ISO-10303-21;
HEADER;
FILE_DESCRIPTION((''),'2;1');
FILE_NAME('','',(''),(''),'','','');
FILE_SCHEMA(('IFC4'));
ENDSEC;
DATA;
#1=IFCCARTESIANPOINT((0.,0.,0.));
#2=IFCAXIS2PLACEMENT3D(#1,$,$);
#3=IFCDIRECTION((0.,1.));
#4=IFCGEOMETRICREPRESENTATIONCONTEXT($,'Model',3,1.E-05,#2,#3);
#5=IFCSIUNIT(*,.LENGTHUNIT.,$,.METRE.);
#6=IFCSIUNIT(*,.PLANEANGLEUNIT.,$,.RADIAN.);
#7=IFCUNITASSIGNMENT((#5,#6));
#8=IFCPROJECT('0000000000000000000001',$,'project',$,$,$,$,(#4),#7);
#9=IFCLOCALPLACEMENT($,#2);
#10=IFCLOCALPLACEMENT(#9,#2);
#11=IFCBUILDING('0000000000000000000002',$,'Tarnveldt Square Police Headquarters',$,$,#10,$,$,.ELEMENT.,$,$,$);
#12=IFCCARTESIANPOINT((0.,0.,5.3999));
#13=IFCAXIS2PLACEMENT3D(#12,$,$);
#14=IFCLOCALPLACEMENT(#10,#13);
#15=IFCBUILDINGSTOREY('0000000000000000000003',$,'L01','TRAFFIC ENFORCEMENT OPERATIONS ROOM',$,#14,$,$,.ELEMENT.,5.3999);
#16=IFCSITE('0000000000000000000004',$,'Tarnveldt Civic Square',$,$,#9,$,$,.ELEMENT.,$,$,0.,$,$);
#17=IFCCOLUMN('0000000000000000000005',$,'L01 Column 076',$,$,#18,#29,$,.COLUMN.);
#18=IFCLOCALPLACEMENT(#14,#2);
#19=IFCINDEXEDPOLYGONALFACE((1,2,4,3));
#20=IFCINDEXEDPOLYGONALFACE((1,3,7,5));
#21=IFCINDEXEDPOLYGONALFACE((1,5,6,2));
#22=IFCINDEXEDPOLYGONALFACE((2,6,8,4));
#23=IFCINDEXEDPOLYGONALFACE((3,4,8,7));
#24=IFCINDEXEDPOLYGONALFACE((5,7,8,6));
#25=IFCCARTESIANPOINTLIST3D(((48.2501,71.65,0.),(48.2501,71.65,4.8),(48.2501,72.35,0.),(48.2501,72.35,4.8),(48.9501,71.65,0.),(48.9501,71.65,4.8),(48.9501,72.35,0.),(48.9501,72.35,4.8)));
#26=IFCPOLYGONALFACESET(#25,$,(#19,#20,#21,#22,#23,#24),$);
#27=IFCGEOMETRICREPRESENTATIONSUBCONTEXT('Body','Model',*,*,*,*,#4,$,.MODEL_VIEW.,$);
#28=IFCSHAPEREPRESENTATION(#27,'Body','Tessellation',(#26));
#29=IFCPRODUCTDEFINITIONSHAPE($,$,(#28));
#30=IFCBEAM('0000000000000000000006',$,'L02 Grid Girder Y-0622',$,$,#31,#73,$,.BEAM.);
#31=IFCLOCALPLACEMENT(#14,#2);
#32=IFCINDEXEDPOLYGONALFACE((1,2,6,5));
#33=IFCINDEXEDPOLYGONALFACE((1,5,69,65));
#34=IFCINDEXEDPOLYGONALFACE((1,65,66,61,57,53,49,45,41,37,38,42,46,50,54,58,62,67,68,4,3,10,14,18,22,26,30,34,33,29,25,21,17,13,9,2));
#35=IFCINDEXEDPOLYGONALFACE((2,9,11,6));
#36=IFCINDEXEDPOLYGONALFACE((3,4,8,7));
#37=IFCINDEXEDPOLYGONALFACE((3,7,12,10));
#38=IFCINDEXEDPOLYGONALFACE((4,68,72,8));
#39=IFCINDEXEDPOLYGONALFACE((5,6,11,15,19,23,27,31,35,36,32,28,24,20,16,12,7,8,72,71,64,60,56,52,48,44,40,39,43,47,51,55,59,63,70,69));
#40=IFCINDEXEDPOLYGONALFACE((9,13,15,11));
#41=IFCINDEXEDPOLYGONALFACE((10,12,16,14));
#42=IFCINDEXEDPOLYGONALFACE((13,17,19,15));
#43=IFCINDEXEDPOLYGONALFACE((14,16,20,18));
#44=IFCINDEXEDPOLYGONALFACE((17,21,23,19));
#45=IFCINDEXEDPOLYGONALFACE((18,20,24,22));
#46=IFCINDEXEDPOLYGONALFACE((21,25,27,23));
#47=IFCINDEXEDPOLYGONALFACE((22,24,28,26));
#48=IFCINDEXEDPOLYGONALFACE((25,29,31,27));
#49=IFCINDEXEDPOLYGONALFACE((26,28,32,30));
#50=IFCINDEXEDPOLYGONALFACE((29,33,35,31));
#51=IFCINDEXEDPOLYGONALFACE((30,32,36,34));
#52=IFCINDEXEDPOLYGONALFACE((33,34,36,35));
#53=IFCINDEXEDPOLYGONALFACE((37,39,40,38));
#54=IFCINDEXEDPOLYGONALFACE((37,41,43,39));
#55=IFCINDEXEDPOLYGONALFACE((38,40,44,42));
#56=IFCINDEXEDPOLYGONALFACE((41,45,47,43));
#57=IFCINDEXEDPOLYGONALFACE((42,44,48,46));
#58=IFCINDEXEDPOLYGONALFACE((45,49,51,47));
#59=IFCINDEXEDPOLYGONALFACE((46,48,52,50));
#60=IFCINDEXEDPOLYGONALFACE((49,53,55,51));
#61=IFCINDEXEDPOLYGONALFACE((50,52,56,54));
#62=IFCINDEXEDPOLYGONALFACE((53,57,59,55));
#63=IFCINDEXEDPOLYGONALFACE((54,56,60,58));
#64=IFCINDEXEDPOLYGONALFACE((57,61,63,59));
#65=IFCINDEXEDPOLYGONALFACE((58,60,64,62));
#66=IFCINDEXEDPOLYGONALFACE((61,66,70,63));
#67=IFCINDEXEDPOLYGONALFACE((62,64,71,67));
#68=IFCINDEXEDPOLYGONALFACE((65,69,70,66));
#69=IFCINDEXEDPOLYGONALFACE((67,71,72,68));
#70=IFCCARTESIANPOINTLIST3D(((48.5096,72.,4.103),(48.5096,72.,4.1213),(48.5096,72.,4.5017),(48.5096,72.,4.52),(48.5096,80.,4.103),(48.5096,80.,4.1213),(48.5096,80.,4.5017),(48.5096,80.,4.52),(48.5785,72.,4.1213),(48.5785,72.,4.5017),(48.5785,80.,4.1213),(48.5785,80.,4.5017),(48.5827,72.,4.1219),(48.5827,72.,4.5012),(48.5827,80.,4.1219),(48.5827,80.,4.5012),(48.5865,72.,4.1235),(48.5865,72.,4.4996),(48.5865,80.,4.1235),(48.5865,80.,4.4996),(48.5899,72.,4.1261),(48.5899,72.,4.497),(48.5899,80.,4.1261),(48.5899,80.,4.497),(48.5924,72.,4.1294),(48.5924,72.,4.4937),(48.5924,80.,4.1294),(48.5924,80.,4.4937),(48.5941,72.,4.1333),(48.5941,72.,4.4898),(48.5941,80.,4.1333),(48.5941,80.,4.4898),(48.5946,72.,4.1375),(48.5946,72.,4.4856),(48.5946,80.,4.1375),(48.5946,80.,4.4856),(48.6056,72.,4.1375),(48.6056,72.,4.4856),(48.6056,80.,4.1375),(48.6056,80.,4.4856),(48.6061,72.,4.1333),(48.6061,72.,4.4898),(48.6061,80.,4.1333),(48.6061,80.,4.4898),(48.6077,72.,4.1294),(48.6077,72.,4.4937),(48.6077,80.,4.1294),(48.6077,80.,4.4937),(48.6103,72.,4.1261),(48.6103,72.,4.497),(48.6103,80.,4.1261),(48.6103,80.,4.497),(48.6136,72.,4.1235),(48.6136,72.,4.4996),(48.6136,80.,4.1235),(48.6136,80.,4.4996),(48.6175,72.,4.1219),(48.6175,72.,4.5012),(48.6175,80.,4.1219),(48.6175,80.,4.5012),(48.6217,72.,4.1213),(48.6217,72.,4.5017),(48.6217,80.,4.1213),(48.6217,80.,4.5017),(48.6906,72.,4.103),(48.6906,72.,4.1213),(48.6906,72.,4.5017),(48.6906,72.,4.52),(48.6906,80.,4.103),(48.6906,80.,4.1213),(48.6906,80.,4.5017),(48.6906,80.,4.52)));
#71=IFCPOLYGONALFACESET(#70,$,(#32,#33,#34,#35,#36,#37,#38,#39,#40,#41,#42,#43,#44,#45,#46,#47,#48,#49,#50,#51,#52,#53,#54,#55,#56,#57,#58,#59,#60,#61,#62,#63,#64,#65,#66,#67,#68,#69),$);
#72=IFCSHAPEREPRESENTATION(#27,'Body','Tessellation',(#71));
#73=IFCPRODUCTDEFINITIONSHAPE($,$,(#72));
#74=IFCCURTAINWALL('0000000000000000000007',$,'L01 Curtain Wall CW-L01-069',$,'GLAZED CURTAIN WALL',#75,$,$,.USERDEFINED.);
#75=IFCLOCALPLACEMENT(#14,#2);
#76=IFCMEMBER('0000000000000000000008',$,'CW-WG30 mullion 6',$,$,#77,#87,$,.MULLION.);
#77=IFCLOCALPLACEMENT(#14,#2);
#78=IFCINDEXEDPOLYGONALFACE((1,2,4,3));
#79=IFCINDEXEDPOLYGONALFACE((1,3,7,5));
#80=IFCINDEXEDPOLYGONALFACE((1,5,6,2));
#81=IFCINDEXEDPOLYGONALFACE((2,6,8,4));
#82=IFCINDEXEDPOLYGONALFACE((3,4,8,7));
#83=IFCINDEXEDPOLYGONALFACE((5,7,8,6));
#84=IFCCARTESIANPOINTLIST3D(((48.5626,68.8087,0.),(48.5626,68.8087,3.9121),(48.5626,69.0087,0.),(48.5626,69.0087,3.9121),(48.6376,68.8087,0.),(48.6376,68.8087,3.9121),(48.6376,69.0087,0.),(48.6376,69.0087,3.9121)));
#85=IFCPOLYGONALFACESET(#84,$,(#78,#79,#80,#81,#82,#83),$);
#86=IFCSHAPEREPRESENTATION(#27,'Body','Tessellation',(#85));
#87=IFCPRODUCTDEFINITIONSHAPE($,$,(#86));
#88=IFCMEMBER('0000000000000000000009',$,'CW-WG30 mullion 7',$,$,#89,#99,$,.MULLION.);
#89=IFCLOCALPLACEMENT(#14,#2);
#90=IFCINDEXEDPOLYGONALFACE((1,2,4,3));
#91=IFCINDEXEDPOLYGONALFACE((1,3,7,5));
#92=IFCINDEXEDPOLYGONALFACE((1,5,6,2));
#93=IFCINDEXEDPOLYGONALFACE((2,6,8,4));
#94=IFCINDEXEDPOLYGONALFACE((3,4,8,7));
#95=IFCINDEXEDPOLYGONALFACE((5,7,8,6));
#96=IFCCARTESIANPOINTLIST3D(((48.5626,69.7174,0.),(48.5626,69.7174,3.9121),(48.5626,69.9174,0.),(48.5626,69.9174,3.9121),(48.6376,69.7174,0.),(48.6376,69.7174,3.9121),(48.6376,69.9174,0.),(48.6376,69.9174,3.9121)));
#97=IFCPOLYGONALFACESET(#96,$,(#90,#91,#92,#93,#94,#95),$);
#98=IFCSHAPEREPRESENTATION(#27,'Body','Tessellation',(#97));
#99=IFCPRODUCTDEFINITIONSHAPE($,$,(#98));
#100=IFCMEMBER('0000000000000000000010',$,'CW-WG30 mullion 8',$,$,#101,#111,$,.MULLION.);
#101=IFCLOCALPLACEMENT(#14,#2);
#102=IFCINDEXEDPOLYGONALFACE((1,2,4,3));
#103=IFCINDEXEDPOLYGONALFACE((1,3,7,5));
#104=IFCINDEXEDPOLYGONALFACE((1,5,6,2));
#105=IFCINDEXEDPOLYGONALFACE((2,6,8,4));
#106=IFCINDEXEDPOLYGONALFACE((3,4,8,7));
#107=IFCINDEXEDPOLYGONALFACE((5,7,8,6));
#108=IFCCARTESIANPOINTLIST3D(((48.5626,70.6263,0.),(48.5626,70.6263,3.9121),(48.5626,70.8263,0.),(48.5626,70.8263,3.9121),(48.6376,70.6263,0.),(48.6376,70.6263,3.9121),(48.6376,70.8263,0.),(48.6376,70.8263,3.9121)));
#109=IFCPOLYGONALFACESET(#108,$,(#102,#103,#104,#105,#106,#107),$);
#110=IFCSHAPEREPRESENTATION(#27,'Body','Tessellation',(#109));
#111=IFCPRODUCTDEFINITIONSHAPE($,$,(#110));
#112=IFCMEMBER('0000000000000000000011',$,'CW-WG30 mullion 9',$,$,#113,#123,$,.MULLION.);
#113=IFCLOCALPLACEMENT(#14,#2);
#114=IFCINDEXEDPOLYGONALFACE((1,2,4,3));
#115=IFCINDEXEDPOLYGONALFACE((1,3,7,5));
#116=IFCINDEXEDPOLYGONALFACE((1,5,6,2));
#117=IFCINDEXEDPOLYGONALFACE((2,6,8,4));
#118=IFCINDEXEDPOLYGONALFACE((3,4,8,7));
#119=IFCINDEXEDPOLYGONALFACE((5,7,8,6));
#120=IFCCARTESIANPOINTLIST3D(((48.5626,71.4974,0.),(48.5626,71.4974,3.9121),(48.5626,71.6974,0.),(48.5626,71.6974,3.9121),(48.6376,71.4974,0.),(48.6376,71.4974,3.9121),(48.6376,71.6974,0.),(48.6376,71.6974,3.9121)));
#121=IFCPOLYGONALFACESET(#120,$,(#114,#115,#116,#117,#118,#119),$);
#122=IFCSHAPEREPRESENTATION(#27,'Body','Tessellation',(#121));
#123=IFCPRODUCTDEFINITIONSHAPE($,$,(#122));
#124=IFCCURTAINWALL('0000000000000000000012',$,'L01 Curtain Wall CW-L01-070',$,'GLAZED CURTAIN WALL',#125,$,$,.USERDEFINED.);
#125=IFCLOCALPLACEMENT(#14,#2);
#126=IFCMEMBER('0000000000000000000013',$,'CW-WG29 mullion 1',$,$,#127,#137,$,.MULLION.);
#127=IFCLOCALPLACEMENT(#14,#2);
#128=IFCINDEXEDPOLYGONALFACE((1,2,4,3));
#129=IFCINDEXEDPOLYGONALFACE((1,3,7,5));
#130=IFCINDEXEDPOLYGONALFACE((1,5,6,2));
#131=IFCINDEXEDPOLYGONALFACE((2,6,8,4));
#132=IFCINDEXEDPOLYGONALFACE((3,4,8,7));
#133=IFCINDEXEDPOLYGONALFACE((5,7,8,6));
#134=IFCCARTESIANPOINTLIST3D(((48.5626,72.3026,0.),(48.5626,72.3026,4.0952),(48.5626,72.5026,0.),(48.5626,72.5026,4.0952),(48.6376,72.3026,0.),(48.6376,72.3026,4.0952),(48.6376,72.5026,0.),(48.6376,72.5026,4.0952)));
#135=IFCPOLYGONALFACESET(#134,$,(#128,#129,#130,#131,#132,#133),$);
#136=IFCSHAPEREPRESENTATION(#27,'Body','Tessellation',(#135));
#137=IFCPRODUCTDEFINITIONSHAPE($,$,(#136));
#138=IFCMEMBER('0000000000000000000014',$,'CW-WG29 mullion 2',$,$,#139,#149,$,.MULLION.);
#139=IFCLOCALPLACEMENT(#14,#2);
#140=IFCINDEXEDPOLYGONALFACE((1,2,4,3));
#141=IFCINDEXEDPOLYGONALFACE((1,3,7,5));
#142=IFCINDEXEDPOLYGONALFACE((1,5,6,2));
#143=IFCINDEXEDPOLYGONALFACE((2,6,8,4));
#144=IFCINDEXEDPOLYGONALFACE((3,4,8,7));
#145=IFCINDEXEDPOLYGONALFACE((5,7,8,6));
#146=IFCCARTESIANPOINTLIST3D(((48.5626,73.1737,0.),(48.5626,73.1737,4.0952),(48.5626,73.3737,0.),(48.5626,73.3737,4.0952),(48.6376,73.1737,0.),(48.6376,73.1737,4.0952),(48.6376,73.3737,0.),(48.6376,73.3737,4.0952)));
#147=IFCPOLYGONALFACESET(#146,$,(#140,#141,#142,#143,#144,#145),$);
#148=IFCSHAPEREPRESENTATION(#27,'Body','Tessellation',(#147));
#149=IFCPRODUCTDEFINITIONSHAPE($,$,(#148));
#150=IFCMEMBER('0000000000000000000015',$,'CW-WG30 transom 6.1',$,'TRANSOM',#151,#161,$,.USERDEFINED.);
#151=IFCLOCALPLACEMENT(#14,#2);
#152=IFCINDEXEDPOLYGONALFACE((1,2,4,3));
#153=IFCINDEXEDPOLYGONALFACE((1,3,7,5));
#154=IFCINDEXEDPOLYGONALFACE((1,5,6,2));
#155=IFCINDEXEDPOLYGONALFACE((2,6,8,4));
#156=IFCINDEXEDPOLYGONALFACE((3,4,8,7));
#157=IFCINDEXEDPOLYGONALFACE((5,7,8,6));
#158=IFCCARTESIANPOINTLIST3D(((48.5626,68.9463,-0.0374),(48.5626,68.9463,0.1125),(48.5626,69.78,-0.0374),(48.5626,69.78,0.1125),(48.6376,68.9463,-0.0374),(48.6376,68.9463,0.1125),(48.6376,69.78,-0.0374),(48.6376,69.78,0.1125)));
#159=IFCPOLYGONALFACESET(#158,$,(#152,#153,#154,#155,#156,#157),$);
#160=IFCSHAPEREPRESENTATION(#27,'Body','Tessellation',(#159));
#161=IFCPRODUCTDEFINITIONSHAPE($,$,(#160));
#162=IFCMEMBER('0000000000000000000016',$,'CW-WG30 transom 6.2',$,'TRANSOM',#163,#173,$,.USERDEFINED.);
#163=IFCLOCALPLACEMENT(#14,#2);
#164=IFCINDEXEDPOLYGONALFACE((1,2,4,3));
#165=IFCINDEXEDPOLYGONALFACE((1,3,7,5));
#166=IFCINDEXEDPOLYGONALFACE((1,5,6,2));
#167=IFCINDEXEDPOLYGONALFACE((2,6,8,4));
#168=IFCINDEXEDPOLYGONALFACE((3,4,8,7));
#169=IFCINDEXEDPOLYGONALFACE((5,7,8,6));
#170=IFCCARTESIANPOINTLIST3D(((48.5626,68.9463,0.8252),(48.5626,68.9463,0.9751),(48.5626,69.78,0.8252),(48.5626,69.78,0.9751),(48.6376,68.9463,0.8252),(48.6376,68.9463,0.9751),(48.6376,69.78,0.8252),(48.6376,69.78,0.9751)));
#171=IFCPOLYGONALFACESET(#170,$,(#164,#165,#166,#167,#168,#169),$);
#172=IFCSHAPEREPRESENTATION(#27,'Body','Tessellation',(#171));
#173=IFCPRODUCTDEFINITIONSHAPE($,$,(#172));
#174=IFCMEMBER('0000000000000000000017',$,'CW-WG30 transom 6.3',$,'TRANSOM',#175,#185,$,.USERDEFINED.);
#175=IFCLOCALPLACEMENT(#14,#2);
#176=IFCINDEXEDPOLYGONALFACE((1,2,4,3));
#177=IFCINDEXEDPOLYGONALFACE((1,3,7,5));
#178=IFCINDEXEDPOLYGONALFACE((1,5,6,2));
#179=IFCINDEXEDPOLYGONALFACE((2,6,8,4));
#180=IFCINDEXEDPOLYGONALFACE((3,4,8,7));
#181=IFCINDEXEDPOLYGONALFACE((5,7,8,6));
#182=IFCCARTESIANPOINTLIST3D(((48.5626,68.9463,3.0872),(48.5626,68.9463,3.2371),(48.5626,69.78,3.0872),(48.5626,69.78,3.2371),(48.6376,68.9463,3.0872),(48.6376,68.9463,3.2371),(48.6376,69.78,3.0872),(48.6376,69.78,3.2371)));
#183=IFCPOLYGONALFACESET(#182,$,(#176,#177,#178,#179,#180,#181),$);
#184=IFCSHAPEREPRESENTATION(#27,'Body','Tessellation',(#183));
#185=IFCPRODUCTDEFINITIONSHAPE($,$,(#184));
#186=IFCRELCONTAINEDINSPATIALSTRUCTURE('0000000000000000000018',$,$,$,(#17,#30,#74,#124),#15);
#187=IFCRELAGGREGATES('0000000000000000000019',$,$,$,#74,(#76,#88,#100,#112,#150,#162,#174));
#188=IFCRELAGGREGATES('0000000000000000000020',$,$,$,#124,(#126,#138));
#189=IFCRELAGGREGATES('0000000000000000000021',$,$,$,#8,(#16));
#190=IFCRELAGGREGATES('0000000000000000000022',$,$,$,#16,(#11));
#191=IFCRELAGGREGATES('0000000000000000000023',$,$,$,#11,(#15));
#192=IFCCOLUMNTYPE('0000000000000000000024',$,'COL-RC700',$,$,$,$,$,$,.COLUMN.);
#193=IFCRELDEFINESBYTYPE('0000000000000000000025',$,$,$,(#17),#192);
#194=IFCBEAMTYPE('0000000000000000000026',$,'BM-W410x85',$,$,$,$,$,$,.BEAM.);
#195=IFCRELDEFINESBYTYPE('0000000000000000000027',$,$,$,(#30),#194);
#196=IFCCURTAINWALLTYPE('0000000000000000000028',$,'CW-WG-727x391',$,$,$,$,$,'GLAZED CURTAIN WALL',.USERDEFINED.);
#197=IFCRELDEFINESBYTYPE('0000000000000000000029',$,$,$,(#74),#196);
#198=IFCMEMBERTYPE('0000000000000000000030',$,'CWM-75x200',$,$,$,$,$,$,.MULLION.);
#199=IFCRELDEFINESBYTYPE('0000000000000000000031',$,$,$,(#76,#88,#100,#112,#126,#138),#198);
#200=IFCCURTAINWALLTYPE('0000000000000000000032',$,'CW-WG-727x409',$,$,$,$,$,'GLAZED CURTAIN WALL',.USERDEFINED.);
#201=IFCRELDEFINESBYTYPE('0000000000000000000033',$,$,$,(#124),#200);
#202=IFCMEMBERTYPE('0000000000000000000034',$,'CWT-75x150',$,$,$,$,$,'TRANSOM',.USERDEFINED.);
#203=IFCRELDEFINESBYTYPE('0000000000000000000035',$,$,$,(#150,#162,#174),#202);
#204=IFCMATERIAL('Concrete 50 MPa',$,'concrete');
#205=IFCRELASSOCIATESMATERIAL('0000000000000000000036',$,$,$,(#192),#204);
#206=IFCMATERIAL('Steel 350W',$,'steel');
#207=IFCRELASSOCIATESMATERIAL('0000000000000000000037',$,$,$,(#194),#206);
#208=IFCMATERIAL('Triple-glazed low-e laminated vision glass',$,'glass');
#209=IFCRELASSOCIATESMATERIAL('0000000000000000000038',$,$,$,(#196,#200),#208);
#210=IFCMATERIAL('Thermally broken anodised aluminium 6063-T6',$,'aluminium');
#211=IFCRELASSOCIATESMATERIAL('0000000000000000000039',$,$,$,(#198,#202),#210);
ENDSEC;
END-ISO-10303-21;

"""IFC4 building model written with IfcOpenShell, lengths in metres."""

from ifc_helpers import new_model, si_unit, direction, frame, origin, origin_2d, place, context, subcontext, project, spatial, rectangle, i_section, extrude, material, material_profile, profile_set, type_object, element, aggregate, save


model = new_model("IFC4")

# Units and contexts
model_context = context("Model", 3, precision=1e-05, world=origin(), true_north=direction((0.0, 1.0)))
body_context = subcontext(model_context, "Body", "Model", "MODEL_VIEW")
ifc_project = project(units=[si_unit("LENGTHUNIT", "METRE"), si_unit("PLANEANGLEUNIT", "RADIAN")], contexts=[model_context])

# Site, building, storey
site_placement = place(None, origin())
site = spatial("IfcSite", under=ifc_project, at=site_placement, Name="Tarnveldt Civic Square", CompositionType="ELEMENT", RefElevation=0.0)
building_placement = place(site_placement, origin())
building = spatial("IfcBuilding", under=site, at=building_placement, Name="Tarnveldt Square Police Headquarters", CompositionType="ELEMENT")
storey_placement = place(building_placement, frame((0.0, 0.0, 5.3999)))
storey = spatial("IfcBuildingStorey", under=building, at=storey_placement, Name="L01", Description="TRAFFIC ENFORCEMENT OPERATIONS ROOM", CompositionType="ELEMENT", Elevation=5.3999)

# Column
ifc_material_1 = material(Name="Concrete 50 MPa", Category="concrete")
ifc_material_profile_1 = material_profile(ifc_material_1, rectangle(XDim=0.7, YDim=0.7, at=origin_2d()), Name="RC-C700x700")
ifc_profile_set_1 = profile_set([ifc_material_profile_1], Name="Concrete 50 MPa")
column_type = type_object("IfcColumnType", Name="COL-RC700", PredefinedType="COLUMN", material=ifc_profile_set_1)
column_placement = place(storey_placement, frame((48.6001, 72.0, 0.0), z_axis=(0.0, 0.0, 1.0), x_axis=(1.0, 0.0, 0.0)))
element("IfcColumn", 1, at=column_placement, inside=storey, type_object=column_type, Name="L01 Column 076", PredefinedType="COLUMN", context=body_context, shape_type="SweptSolid", body=[
    extrude(rectangle(XDim=0.7, YDim=0.7, at=origin_2d()), origin(), (0.0, 0.0, 1.0), 4.8),
])

# Beam
ifc_material_2 = material(Name="Steel 350W", Category="steel")
ifc_material_profile_2 = material_profile(ifc_material_2, i_section(OverallWidth=0.1809, OverallDepth=0.417, WebThickness=0.011, FlangeThickness=0.0183, FilletRadius=0.0161, at=origin_2d()), Name="W410x85")
ifc_profile_set_2 = profile_set([ifc_material_profile_2], Name="Steel 350W")
beam_type = type_object("IfcBeamType", Name="BM-W410x85", PredefinedType="BEAM", material=ifc_profile_set_2)
beam_placement = place(storey_placement, frame((48.6001, 72.0, 4.3115), z_axis=(0.0, 1.0, 0.0), x_axis=(-1.0, 0.0, 0.0)))
element("IfcBeam", 2, at=beam_placement, inside=storey, type_object=beam_type, Name="L02 Grid Girder Y-0622", PredefinedType="BEAM", context=body_context, shape_type="SweptSolid", body=[
    extrude(i_section(OverallWidth=0.1809, OverallDepth=0.417, WebThickness=0.011, FlangeThickness=0.0183, FilletRadius=0.0161, at=origin_2d()), origin(), (0.0, 0.0, 1.0), 8.0),
])

# Curtain walls, members
ifc_material_3 = material(Name="Triple-glazed low-e laminated vision glass", Category="glass")
curtain_wall_type_1 = type_object("IfcCurtainWallType", Name="CW-WG-727x391", ElementType="GLAZED CURTAIN WALL", PredefinedType="USERDEFINED", material=ifc_material_3)
curtain_wall_1_placement = place(storey_placement, origin())
curtain_wall_1 = element("IfcCurtainWall", 3, at=curtain_wall_1_placement, inside=storey, type_object=curtain_wall_type_1, Name="L01 Curtain Wall CW-L01-069", ObjectType="GLAZED CURTAIN WALL", PredefinedType="USERDEFINED")
ifc_material_4 = material(Name="Thermally broken anodised aluminium 6063-T6", Category="aluminium")
ifc_material_profile_3 = material_profile(ifc_material_4, rectangle(XDim=0.075, YDim=0.2, at=origin_2d()), Name="CW-M75x200")
ifc_profile_set_3 = profile_set([ifc_material_profile_3], Name="Thermally broken anodised aluminium 6063-T6")
member_type_1 = type_object("IfcMemberType", Name="CWM-75x200", PredefinedType="MULLION", material=ifc_profile_set_3)
member_1_placement = place(storey_placement, frame((48.6001, 68.9087, 0.0), z_axis=(0.0, 0.0, 1.0), x_axis=(-1.0, 0.0, 0.0)))
member_1 = element("IfcMember", 4, at=member_1_placement, type_object=member_type_1, Name="CW-WG30 mullion 6", PredefinedType="MULLION", context=body_context, shape_type="SweptSolid", body=[
    extrude(rectangle(XDim=0.075, YDim=0.2, at=origin_2d()), origin(), (0.0, 0.0, 1.0), 3.9121),
])
member_2_placement = place(storey_placement, frame((48.6001, 69.8174, 0.0), z_axis=(0.0, 0.0, 1.0), x_axis=(-1.0, 0.0, 0.0)))
member_2 = element("IfcMember", 5, at=member_2_placement, type_object=member_type_1, Name="CW-WG30 mullion 7", PredefinedType="MULLION", context=body_context, shape_type="SweptSolid", body=[
    extrude(rectangle(XDim=0.075, YDim=0.2, at=origin_2d()), origin(), (0.0, 0.0, 1.0), 3.9121),
])
member_3_placement = place(storey_placement, frame((48.6001, 70.7263, 0.0), z_axis=(0.0, 0.0, 1.0), x_axis=(-1.0, 0.0, 0.0)))
member_3 = element("IfcMember", 6, at=member_3_placement, type_object=member_type_1, Name="CW-WG30 mullion 8", PredefinedType="MULLION", context=body_context, shape_type="SweptSolid", body=[
    extrude(rectangle(XDim=0.075, YDim=0.2, at=origin_2d()), origin(), (0.0, 0.0, 1.0), 3.9121),
])
member_4_placement = place(storey_placement, frame((48.6001, 71.5974, 0.0), z_axis=(0.0, 0.0, 1.0), x_axis=(-1.0, 0.0, 0.0)))
member_4 = element("IfcMember", 7, at=member_4_placement, type_object=member_type_1, Name="CW-WG30 mullion 9", PredefinedType="MULLION", context=body_context, shape_type="SweptSolid", body=[
    extrude(rectangle(XDim=0.075, YDim=0.2, at=origin_2d()), origin(), (0.0, 0.0, 1.0), 3.9121),
])
curtain_wall_type_2 = type_object("IfcCurtainWallType", Name="CW-WG-727x409", ElementType="GLAZED CURTAIN WALL", PredefinedType="USERDEFINED", material=ifc_material_3)
curtain_wall_2_placement = place(storey_placement, origin())
curtain_wall_2 = element("IfcCurtainWall", 8, at=curtain_wall_2_placement, inside=storey, type_object=curtain_wall_type_2, Name="L01 Curtain Wall CW-L01-070", ObjectType="GLAZED CURTAIN WALL", PredefinedType="USERDEFINED")
member_5_placement = place(storey_placement, frame((48.6001, 72.4026, 0.0), z_axis=(0.0, 0.0, 1.0), x_axis=(-1.0, 0.0, 0.0)))
member_5 = element("IfcMember", 9, at=member_5_placement, type_object=member_type_1, Name="CW-WG29 mullion 1", PredefinedType="MULLION", context=body_context, shape_type="SweptSolid", body=[
    extrude(rectangle(XDim=0.075, YDim=0.2, at=origin_2d()), origin(), (0.0, 0.0, 1.0), 4.0952),
])
member_6_placement = place(storey_placement, frame((48.6001, 73.2737, 0.0), z_axis=(0.0, 0.0, 1.0), x_axis=(-1.0, 0.0, 0.0)))
member_6 = element("IfcMember", 10, at=member_6_placement, type_object=member_type_1, Name="CW-WG29 mullion 2", PredefinedType="MULLION", context=body_context, shape_type="SweptSolid", body=[
    extrude(rectangle(XDim=0.075, YDim=0.2, at=origin_2d()), origin(), (0.0, 0.0, 1.0), 4.0952),
])

# Members
ifc_material_profile_4 = material_profile(ifc_material_4, rectangle(XDim=0.075, YDim=0.1499, at=origin_2d()), Name="CW-T75x150")
ifc_profile_set_4 = profile_set([ifc_material_profile_4], Name="Thermally broken anodised aluminium 6063-T6")
member_type_2 = type_object("IfcMemberType", Name="CWT-75x150", ElementType="TRANSOM", PredefinedType="USERDEFINED", material=ifc_profile_set_4)
member_7_placement = place(storey_placement, frame((48.6001, 68.9463, 0.0376), z_axis=(0.0, 1.0, 0.0), x_axis=(-1.0, 0.0, 0.0)))
member_7 = element("IfcMember", 11, at=member_7_placement, type_object=member_type_2, Name="CW-WG30 transom 6.1", ObjectType="TRANSOM", PredefinedType="USERDEFINED", context=body_context, shape_type="SweptSolid", body=[
    extrude(rectangle(XDim=0.075, YDim=0.1499, at=origin_2d()), origin(), (0.0, 0.0, 1.0), 0.8337),
])
member_8_placement = place(storey_placement, frame((48.6001, 68.9463, 0.9001), z_axis=(0.0, 1.0, 0.0), x_axis=(-1.0, 0.0, 0.0)))
member_8 = element("IfcMember", 12, at=member_8_placement, type_object=member_type_2, Name="CW-WG30 transom 6.2", ObjectType="TRANSOM", PredefinedType="USERDEFINED", context=body_context, shape_type="SweptSolid", body=[
    extrude(rectangle(XDim=0.075, YDim=0.1499, at=origin_2d()), origin(), (0.0, 0.0, 1.0), 0.8337),
])
member_9_placement = place(storey_placement, frame((48.6001, 68.9463, 3.1621), z_axis=(0.0, 1.0, 0.0), x_axis=(-1.0, 0.0, 0.0)))
member_9 = element("IfcMember", 13, at=member_9_placement, type_object=member_type_2, Name="CW-WG30 transom 6.3", ObjectType="TRANSOM", PredefinedType="USERDEFINED", context=body_context, shape_type="SweptSolid", body=[
    extrude(rectangle(XDim=0.075, YDim=0.1499, at=origin_2d()), origin(), (0.0, 0.0, 1.0), 0.8337),
])

aggregate(curtain_wall_1, [member_1, member_2, member_3, member_4, member_7, member_8, member_9])
aggregate(curtain_wall_2, [member_5, member_6])

save(model, "model.ifc")
